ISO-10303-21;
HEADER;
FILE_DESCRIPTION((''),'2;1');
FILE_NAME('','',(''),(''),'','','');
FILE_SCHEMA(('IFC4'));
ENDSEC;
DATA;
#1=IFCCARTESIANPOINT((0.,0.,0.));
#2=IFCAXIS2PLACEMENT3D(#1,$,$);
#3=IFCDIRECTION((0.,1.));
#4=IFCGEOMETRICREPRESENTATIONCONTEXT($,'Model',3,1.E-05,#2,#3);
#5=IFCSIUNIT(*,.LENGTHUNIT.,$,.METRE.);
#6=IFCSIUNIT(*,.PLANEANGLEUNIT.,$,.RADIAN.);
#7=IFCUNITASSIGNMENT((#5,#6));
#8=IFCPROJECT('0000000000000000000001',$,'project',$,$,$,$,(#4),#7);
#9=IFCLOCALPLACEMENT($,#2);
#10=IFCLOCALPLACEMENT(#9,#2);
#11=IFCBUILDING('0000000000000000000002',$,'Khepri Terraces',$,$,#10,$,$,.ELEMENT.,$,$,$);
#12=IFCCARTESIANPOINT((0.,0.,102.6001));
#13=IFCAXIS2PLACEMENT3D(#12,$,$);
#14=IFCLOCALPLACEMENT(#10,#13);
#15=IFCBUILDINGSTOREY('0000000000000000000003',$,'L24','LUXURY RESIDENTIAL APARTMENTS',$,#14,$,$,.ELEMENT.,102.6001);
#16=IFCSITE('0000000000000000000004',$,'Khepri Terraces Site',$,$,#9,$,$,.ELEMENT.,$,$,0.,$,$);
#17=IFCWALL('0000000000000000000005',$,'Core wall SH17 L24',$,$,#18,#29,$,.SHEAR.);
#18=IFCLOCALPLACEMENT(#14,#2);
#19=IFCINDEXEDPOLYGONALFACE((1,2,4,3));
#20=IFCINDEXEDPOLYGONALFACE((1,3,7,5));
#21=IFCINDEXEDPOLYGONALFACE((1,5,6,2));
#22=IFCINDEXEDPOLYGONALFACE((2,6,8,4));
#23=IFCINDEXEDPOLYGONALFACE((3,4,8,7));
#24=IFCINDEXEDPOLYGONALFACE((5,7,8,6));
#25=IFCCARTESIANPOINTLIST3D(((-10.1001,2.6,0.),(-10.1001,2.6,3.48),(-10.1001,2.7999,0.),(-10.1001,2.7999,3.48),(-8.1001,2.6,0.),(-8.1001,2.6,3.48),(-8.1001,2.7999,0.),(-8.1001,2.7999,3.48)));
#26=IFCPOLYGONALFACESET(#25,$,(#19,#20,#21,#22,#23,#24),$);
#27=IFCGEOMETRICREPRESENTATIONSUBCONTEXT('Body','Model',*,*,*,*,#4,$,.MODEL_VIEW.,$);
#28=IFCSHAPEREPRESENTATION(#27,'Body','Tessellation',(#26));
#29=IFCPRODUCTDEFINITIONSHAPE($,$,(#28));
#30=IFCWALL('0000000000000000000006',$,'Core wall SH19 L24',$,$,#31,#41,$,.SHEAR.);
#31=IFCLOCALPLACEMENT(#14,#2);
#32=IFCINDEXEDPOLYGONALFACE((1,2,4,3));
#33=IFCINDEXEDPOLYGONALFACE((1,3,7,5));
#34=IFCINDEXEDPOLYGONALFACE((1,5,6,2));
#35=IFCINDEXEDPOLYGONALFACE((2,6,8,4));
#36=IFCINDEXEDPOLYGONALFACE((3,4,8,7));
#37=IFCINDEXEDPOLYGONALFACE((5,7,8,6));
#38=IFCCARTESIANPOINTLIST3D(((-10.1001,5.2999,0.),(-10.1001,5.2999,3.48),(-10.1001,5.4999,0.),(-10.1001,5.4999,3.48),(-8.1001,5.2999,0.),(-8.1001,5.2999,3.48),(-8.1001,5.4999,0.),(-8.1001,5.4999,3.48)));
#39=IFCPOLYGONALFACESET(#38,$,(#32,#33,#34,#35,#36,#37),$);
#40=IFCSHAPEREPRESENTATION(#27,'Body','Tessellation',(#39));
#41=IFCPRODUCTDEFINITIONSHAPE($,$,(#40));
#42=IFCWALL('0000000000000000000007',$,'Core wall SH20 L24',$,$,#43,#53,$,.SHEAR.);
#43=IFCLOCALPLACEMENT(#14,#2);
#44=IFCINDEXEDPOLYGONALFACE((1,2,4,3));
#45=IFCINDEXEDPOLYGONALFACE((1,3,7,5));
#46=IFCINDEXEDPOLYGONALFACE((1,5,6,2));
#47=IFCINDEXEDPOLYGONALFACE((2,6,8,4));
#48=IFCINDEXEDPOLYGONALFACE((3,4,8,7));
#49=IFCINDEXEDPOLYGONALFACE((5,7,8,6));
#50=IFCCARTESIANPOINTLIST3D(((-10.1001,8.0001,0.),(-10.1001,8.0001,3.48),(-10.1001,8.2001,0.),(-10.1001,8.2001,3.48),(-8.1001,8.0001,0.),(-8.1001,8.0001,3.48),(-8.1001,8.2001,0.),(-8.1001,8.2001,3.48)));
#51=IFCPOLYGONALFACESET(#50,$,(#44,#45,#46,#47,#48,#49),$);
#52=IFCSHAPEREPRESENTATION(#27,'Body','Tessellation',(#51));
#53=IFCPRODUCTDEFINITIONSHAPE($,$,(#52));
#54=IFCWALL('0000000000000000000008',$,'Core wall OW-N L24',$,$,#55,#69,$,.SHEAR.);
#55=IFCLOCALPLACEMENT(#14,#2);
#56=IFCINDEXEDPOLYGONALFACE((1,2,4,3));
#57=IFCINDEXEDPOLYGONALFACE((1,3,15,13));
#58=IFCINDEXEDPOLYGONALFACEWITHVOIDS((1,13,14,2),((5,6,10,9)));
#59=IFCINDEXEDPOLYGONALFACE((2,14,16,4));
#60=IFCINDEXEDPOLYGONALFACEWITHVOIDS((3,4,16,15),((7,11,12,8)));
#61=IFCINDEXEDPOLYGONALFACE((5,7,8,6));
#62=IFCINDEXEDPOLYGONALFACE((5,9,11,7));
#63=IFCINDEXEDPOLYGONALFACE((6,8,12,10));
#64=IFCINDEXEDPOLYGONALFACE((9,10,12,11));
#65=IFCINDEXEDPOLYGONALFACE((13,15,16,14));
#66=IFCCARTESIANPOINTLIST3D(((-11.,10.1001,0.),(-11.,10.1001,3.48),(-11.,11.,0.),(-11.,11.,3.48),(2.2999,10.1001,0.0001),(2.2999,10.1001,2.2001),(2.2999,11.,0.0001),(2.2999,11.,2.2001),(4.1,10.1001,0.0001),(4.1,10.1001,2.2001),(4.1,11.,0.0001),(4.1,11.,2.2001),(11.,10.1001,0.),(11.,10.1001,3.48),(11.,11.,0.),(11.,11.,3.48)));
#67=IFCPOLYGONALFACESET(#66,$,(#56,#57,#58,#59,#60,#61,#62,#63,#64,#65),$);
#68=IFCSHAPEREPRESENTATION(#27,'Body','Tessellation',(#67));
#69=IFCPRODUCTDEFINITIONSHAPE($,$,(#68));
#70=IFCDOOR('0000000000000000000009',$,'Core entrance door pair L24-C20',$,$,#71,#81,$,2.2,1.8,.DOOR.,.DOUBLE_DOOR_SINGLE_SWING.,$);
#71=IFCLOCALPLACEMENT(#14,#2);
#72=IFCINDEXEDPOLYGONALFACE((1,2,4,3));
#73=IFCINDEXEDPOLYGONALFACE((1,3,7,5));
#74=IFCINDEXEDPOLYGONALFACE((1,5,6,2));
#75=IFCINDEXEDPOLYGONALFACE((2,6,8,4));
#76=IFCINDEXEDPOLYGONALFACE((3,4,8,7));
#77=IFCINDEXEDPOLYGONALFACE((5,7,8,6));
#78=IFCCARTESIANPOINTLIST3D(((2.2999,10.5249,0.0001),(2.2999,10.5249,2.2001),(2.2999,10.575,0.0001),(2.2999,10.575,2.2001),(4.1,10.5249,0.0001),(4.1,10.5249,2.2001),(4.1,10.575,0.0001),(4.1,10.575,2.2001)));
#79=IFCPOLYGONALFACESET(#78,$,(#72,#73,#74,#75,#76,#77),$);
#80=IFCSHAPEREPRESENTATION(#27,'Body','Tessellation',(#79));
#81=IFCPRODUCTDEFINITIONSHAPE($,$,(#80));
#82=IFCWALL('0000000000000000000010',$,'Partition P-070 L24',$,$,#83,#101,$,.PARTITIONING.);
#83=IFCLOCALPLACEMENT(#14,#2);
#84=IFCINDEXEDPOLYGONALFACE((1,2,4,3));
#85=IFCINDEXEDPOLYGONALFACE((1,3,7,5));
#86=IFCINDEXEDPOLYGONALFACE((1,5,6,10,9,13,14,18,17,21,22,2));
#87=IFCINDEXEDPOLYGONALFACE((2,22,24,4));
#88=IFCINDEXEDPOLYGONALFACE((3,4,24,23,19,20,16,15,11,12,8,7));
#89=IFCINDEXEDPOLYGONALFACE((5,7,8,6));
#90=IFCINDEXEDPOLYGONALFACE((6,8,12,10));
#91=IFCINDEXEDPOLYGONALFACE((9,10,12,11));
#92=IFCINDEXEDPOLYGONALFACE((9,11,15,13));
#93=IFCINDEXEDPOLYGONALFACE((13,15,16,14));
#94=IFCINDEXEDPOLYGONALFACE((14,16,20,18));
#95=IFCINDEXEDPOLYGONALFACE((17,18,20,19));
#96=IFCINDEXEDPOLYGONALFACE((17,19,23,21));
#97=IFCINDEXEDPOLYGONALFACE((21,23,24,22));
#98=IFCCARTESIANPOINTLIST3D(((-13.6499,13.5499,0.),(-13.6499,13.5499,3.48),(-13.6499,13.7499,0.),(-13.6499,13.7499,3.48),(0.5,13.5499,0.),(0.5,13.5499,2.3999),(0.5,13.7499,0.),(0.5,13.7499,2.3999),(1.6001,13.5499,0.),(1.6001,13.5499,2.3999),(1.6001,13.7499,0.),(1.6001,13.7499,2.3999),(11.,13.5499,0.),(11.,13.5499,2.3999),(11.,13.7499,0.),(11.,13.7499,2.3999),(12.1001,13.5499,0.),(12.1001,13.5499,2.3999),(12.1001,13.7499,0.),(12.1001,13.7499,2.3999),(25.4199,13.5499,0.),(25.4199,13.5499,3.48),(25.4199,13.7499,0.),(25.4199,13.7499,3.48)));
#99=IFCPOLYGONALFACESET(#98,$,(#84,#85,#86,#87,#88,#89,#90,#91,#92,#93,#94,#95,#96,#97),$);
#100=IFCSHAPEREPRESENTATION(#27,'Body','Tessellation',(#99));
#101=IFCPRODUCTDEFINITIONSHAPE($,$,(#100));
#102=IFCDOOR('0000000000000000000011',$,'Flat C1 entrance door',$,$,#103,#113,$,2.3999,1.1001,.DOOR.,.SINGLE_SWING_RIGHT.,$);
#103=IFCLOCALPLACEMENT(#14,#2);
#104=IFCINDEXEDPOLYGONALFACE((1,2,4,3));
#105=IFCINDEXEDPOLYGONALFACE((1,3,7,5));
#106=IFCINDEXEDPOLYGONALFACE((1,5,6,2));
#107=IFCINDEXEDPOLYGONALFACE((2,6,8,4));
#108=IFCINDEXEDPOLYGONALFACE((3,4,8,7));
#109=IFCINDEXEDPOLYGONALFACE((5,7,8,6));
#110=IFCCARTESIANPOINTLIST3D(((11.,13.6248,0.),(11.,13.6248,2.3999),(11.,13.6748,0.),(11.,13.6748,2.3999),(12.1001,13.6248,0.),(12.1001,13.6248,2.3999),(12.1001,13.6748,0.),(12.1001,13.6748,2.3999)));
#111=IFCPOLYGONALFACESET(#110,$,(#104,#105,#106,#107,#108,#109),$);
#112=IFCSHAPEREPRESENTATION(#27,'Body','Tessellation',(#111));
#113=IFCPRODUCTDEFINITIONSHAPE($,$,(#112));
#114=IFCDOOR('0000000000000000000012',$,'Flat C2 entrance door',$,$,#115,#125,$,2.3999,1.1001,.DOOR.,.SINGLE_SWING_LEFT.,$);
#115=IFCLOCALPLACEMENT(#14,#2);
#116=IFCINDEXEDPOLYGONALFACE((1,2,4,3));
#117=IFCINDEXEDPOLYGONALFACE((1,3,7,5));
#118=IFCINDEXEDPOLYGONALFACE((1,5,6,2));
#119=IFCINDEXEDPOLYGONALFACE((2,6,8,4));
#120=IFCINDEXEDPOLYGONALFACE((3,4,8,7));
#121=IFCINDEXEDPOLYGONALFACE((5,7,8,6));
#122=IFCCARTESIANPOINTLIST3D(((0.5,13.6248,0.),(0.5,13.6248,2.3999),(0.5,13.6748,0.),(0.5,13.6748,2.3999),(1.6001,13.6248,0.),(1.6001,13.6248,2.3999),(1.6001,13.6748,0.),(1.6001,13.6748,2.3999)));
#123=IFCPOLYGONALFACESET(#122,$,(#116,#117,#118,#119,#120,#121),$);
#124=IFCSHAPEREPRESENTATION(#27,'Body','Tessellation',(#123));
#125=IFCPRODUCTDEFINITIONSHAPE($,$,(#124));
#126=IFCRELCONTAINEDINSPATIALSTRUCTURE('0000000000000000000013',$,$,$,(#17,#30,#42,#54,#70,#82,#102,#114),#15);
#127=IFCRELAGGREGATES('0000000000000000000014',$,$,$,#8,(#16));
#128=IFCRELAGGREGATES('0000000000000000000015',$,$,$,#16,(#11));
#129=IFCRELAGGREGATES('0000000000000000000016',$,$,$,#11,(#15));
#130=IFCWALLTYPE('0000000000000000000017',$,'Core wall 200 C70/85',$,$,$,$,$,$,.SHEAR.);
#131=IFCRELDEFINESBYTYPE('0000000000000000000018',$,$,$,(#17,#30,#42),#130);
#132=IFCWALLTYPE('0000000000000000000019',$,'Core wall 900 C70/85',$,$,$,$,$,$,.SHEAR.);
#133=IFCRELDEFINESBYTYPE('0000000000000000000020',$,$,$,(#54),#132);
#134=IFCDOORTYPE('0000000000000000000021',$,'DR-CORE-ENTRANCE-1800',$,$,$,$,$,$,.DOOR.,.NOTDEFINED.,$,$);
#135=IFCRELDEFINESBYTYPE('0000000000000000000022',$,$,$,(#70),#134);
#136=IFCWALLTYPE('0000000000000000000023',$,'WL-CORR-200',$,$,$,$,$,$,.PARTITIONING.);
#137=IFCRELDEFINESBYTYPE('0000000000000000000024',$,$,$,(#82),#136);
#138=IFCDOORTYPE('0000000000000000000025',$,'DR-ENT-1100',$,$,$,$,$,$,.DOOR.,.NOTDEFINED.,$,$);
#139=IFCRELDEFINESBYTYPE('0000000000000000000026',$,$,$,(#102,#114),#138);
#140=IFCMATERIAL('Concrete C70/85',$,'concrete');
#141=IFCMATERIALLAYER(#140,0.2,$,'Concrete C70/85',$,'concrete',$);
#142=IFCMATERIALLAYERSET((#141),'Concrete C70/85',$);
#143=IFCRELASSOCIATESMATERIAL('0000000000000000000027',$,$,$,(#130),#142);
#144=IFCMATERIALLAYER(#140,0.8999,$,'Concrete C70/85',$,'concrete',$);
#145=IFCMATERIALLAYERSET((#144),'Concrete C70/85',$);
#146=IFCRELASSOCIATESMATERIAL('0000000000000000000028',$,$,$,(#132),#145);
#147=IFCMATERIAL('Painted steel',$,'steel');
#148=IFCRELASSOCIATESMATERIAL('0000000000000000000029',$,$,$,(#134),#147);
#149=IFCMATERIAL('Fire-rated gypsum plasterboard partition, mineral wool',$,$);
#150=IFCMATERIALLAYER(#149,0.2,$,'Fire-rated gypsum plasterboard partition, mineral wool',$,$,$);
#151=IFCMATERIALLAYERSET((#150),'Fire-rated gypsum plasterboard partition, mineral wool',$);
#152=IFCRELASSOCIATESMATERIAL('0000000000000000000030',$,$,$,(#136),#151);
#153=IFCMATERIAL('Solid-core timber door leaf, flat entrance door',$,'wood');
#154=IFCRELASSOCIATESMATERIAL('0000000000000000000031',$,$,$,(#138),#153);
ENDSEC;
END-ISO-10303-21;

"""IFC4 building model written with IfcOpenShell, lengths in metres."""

from ifc_helpers import new_model, si_unit, direction, frame, frame_2d, origin, place, context, subcontext, project, spatial, rectangle, extrude, material, layer, layer_set, type_object, element, fill, save


model = new_model("IFC4")

# Units and contexts
model_context = context("Model", 3, precision=1e-05, world=origin(), true_north=direction((0.0, 1.0)))
body_context = subcontext(model_context, "Body", "Model", "MODEL_VIEW")
ifc_project = project(units=[si_unit("LENGTHUNIT", "METRE"), si_unit("PLANEANGLEUNIT", "RADIAN")], contexts=[model_context])

# Site, building, storey
site_placement = place(None, origin())
site = spatial("IfcSite", under=ifc_project, at=site_placement, Name="Khepri Terraces Site", CompositionType="ELEMENT", RefElevation=0.0)
building_placement = place(site_placement, origin())
building = spatial("IfcBuilding", under=site, at=building_placement, Name="Khepri Terraces", CompositionType="ELEMENT")
storey_placement = place(building_placement, frame((0.0, 0.0, 102.6001)))
storey = spatial("IfcBuildingStorey", under=building, at=storey_placement, Name="L24", Description="LUXURY RESIDENTIAL APARTMENTS", CompositionType="ELEMENT", Elevation=102.6001)

# Walls
ifc_material_1 = material(Name="Concrete C70/85", Category="concrete")
ifc_layer_1 = layer(ifc_material_1, 0.2, Name="Concrete C70/85", Category="concrete")
ifc_layer_set_1 = layer_set([ifc_layer_1], Name="Concrete C70/85")
wall_type_1 = type_object("IfcWallType", Name="Core wall 200 C70/85", PredefinedType="SHEAR", material=ifc_layer_set_1)
for number, where, z_axis, x_axis, name in (
    (1, (-10.1001, 2.7, 0.0), (0.0, 0.0, 1.0), (1.0, 0.0, 0.0), "Core wall SH17 L24"),
    (2, (-10.1001, 5.3999, 0.0), (0.0, 0.0, 1.0), (1.0, 0.0, 0.0), "Core wall SH19 L24"),
    (3, (-10.1001, 8.1001, 0.0), (0.0, 0.0, 1.0), (1.0, 0.0, 0.0), "Core wall SH20 L24"),
):
    element("IfcWall", number, at=place(storey_placement, frame(where, z_axis=z_axis, x_axis=x_axis)), inside=storey, type_object=wall_type_1, Name=name, PredefinedType="SHEAR", context=body_context, shape_type="SweptSolid", body=[
        extrude(rectangle(XDim=2.0, YDim=0.2, at=frame_2d((1.0, 0.0))), origin(), (0.0, 0.0, 1.0), 3.48),
    ])

# Wall, opening, door
ifc_layer_2 = layer(ifc_material_1, 0.8999, Name="Concrete C70/85", Category="concrete")
ifc_layer_set_2 = layer_set([ifc_layer_2], Name="Concrete C70/85")
wall_type_2 = type_object("IfcWallType", Name="Core wall 900 C70/85", PredefinedType="SHEAR", material=ifc_layer_set_2)
wall_1_placement = place(storey_placement, frame((-11.0, 10.55, 0.0), z_axis=(0.0, 0.0, 1.0), x_axis=(1.0, 0.0, 0.0)))
wall_1 = element("IfcWall", 4, at=wall_1_placement, inside=storey, type_object=wall_type_2, Name="Core wall OW-N L24", PredefinedType="SHEAR", context=body_context, shape_type="SweptSolid", body=[
    extrude(rectangle(XDim=22.0, YDim=0.8999, at=frame_2d((11.0, 0.0))), origin(), (0.0, 0.0, 1.0), 3.48),
])
opening_1_placement = place(wall_1_placement, frame((13.3, 0.0, 0.0)))
opening_1 = element("IfcOpeningElement", 5, at=opening_1_placement, cuts=wall_1, PredefinedType="OPENING", context=body_context, shape_type="SweptSolid", body=[
    extrude(rectangle(XDim=1.8, YDim=2.2, at=frame_2d((0.8999, 1.1001))), frame((0.0, 0.46, 0.0), z_axis=(0.0, -1.0, 0.0), x_axis=(1.0, 0.0, 0.0)), (0.0, 0.0, 1.0), 0.9199),
])
ifc_material_2 = material(Name="Painted steel", Category="steel")
door_type_1 = type_object("IfcDoorType", Name="DR-CORE-ENTRANCE-1800", OperationType="NOTDEFINED", PredefinedType="DOOR", material=ifc_material_2)
door_1_placement = place(opening_1_placement, origin())
door_1 = element("IfcDoor", 6, at=door_1_placement, inside=storey, type_object=door_type_1, Name="Core entrance door pair L24-C20", OperationType="DOUBLE_DOOR_SINGLE_SWING", OverallHeight=2.2, OverallWidth=1.8, PredefinedType="DOOR", context=body_context, shape_type="SweptSolid", body=[
    extrude(rectangle(XDim=1.8, YDim=2.2, at=frame_2d((0.8999, 1.1001))), frame((0.0, 0.0249, 0.0), z_axis=(0.0, -1.0, 0.0), x_axis=(1.0, 0.0, 0.0)), (0.0, 0.0, 1.0), 0.05),
])
fill(opening_1, door_1)

# Wall, openings, doors
ifc_material_3 = material(Name="Fire-rated gypsum plasterboard partition, mineral wool")
ifc_layer_3 = layer(ifc_material_3, 0.2, Name="Fire-rated gypsum plasterboard partition, mineral wool")
ifc_layer_set_3 = layer_set([ifc_layer_3], Name="Fire-rated gypsum plasterboard partition, mineral wool")
wall_type_3 = type_object("IfcWallType", Name="WL-CORR-200", PredefinedType="PARTITIONING", material=ifc_layer_set_3)
wall_2_placement = place(storey_placement, frame((-13.6499, 13.6499, 0.0), z_axis=(0.0, 0.0, 1.0), x_axis=(1.0, 0.0, 0.0)))
wall_2 = element("IfcWall", 7, at=wall_2_placement, inside=storey, type_object=wall_type_3, Name="Partition P-070 L24", PredefinedType="PARTITIONING", context=body_context, shape_type="SweptSolid", body=[
    extrude(rectangle(XDim=39.0698, YDim=0.2, at=frame_2d((19.5349, 0.0))), origin(), (0.0, 0.0, 1.0), 3.48),
])
opening_2_placement = place(wall_2_placement, frame((24.6499, 0.0, 0.0)))
opening_2 = element("IfcOpeningElement", 8, at=opening_2_placement, cuts=wall_2, PredefinedType="OPENING", context=body_context, shape_type="SweptSolid", body=[
    extrude(rectangle(XDim=1.1001, YDim=2.3999, at=frame_2d((0.55, 1.2))), frame((0.0, 0.1099, 0.0), z_axis=(0.0, -1.0, 0.0), x_axis=(1.0, 0.0, 0.0)), (0.0, 0.0, 1.0), 0.22),
])
opening_3_placement = place(wall_2_placement, frame((14.1499, 0.0, 0.0)))
opening_3 = element("IfcOpeningElement", 9, at=opening_3_placement, cuts=wall_2, PredefinedType="OPENING", context=body_context, shape_type="SweptSolid", body=[
    extrude(rectangle(XDim=1.1001, YDim=2.3999, at=frame_2d((0.55, 1.2))), frame((0.0, 0.1099, 0.0), z_axis=(0.0, -1.0, 0.0), x_axis=(1.0, 0.0, 0.0)), (0.0, 0.0, 1.0), 0.22),
])
ifc_material_4 = material(Name="Solid-core timber door leaf, flat entrance door", Category="wood")
door_type_2 = type_object("IfcDoorType", Name="DR-ENT-1100", OperationType="NOTDEFINED", PredefinedType="DOOR", material=ifc_material_4)
door_2_placement = place(opening_2_placement, origin())
door_2 = element("IfcDoor", 10, at=door_2_placement, inside=storey, type_object=door_type_2, Name="Flat C1 entrance door", OperationType="SINGLE_SWING_RIGHT", OverallHeight=2.3999, OverallWidth=1.1001, PredefinedType="DOOR", context=body_context, shape_type="SweptSolid", body=[
    extrude(rectangle(XDim=1.1001, YDim=2.3999, at=frame_2d((0.55, 1.2))), frame((0.0, 0.0249, 0.0), z_axis=(0.0, -1.0, 0.0), x_axis=(1.0, 0.0, 0.0)), (0.0, 0.0, 1.0), 0.05),
])
fill(opening_2, door_2)
door_3_placement = place(opening_3_placement, origin())
door_3 = element("IfcDoor", 11, at=door_3_placement, inside=storey, type_object=door_type_2, Name="Flat C2 entrance door", OperationType="SINGLE_SWING_LEFT", OverallHeight=2.3999, OverallWidth=1.1001, PredefinedType="DOOR", context=body_context, shape_type="SweptSolid", body=[
    extrude(rectangle(XDim=1.1001, YDim=2.3999, at=frame_2d((0.55, 1.2))), frame((0.0, 0.0249, 0.0), z_axis=(0.0, -1.0, 0.0), x_axis=(1.0, 0.0, 0.0)), (0.0, 0.0, 1.0), 0.05),
])
fill(opening_3, door_3)

save(model, "model.ifc")
